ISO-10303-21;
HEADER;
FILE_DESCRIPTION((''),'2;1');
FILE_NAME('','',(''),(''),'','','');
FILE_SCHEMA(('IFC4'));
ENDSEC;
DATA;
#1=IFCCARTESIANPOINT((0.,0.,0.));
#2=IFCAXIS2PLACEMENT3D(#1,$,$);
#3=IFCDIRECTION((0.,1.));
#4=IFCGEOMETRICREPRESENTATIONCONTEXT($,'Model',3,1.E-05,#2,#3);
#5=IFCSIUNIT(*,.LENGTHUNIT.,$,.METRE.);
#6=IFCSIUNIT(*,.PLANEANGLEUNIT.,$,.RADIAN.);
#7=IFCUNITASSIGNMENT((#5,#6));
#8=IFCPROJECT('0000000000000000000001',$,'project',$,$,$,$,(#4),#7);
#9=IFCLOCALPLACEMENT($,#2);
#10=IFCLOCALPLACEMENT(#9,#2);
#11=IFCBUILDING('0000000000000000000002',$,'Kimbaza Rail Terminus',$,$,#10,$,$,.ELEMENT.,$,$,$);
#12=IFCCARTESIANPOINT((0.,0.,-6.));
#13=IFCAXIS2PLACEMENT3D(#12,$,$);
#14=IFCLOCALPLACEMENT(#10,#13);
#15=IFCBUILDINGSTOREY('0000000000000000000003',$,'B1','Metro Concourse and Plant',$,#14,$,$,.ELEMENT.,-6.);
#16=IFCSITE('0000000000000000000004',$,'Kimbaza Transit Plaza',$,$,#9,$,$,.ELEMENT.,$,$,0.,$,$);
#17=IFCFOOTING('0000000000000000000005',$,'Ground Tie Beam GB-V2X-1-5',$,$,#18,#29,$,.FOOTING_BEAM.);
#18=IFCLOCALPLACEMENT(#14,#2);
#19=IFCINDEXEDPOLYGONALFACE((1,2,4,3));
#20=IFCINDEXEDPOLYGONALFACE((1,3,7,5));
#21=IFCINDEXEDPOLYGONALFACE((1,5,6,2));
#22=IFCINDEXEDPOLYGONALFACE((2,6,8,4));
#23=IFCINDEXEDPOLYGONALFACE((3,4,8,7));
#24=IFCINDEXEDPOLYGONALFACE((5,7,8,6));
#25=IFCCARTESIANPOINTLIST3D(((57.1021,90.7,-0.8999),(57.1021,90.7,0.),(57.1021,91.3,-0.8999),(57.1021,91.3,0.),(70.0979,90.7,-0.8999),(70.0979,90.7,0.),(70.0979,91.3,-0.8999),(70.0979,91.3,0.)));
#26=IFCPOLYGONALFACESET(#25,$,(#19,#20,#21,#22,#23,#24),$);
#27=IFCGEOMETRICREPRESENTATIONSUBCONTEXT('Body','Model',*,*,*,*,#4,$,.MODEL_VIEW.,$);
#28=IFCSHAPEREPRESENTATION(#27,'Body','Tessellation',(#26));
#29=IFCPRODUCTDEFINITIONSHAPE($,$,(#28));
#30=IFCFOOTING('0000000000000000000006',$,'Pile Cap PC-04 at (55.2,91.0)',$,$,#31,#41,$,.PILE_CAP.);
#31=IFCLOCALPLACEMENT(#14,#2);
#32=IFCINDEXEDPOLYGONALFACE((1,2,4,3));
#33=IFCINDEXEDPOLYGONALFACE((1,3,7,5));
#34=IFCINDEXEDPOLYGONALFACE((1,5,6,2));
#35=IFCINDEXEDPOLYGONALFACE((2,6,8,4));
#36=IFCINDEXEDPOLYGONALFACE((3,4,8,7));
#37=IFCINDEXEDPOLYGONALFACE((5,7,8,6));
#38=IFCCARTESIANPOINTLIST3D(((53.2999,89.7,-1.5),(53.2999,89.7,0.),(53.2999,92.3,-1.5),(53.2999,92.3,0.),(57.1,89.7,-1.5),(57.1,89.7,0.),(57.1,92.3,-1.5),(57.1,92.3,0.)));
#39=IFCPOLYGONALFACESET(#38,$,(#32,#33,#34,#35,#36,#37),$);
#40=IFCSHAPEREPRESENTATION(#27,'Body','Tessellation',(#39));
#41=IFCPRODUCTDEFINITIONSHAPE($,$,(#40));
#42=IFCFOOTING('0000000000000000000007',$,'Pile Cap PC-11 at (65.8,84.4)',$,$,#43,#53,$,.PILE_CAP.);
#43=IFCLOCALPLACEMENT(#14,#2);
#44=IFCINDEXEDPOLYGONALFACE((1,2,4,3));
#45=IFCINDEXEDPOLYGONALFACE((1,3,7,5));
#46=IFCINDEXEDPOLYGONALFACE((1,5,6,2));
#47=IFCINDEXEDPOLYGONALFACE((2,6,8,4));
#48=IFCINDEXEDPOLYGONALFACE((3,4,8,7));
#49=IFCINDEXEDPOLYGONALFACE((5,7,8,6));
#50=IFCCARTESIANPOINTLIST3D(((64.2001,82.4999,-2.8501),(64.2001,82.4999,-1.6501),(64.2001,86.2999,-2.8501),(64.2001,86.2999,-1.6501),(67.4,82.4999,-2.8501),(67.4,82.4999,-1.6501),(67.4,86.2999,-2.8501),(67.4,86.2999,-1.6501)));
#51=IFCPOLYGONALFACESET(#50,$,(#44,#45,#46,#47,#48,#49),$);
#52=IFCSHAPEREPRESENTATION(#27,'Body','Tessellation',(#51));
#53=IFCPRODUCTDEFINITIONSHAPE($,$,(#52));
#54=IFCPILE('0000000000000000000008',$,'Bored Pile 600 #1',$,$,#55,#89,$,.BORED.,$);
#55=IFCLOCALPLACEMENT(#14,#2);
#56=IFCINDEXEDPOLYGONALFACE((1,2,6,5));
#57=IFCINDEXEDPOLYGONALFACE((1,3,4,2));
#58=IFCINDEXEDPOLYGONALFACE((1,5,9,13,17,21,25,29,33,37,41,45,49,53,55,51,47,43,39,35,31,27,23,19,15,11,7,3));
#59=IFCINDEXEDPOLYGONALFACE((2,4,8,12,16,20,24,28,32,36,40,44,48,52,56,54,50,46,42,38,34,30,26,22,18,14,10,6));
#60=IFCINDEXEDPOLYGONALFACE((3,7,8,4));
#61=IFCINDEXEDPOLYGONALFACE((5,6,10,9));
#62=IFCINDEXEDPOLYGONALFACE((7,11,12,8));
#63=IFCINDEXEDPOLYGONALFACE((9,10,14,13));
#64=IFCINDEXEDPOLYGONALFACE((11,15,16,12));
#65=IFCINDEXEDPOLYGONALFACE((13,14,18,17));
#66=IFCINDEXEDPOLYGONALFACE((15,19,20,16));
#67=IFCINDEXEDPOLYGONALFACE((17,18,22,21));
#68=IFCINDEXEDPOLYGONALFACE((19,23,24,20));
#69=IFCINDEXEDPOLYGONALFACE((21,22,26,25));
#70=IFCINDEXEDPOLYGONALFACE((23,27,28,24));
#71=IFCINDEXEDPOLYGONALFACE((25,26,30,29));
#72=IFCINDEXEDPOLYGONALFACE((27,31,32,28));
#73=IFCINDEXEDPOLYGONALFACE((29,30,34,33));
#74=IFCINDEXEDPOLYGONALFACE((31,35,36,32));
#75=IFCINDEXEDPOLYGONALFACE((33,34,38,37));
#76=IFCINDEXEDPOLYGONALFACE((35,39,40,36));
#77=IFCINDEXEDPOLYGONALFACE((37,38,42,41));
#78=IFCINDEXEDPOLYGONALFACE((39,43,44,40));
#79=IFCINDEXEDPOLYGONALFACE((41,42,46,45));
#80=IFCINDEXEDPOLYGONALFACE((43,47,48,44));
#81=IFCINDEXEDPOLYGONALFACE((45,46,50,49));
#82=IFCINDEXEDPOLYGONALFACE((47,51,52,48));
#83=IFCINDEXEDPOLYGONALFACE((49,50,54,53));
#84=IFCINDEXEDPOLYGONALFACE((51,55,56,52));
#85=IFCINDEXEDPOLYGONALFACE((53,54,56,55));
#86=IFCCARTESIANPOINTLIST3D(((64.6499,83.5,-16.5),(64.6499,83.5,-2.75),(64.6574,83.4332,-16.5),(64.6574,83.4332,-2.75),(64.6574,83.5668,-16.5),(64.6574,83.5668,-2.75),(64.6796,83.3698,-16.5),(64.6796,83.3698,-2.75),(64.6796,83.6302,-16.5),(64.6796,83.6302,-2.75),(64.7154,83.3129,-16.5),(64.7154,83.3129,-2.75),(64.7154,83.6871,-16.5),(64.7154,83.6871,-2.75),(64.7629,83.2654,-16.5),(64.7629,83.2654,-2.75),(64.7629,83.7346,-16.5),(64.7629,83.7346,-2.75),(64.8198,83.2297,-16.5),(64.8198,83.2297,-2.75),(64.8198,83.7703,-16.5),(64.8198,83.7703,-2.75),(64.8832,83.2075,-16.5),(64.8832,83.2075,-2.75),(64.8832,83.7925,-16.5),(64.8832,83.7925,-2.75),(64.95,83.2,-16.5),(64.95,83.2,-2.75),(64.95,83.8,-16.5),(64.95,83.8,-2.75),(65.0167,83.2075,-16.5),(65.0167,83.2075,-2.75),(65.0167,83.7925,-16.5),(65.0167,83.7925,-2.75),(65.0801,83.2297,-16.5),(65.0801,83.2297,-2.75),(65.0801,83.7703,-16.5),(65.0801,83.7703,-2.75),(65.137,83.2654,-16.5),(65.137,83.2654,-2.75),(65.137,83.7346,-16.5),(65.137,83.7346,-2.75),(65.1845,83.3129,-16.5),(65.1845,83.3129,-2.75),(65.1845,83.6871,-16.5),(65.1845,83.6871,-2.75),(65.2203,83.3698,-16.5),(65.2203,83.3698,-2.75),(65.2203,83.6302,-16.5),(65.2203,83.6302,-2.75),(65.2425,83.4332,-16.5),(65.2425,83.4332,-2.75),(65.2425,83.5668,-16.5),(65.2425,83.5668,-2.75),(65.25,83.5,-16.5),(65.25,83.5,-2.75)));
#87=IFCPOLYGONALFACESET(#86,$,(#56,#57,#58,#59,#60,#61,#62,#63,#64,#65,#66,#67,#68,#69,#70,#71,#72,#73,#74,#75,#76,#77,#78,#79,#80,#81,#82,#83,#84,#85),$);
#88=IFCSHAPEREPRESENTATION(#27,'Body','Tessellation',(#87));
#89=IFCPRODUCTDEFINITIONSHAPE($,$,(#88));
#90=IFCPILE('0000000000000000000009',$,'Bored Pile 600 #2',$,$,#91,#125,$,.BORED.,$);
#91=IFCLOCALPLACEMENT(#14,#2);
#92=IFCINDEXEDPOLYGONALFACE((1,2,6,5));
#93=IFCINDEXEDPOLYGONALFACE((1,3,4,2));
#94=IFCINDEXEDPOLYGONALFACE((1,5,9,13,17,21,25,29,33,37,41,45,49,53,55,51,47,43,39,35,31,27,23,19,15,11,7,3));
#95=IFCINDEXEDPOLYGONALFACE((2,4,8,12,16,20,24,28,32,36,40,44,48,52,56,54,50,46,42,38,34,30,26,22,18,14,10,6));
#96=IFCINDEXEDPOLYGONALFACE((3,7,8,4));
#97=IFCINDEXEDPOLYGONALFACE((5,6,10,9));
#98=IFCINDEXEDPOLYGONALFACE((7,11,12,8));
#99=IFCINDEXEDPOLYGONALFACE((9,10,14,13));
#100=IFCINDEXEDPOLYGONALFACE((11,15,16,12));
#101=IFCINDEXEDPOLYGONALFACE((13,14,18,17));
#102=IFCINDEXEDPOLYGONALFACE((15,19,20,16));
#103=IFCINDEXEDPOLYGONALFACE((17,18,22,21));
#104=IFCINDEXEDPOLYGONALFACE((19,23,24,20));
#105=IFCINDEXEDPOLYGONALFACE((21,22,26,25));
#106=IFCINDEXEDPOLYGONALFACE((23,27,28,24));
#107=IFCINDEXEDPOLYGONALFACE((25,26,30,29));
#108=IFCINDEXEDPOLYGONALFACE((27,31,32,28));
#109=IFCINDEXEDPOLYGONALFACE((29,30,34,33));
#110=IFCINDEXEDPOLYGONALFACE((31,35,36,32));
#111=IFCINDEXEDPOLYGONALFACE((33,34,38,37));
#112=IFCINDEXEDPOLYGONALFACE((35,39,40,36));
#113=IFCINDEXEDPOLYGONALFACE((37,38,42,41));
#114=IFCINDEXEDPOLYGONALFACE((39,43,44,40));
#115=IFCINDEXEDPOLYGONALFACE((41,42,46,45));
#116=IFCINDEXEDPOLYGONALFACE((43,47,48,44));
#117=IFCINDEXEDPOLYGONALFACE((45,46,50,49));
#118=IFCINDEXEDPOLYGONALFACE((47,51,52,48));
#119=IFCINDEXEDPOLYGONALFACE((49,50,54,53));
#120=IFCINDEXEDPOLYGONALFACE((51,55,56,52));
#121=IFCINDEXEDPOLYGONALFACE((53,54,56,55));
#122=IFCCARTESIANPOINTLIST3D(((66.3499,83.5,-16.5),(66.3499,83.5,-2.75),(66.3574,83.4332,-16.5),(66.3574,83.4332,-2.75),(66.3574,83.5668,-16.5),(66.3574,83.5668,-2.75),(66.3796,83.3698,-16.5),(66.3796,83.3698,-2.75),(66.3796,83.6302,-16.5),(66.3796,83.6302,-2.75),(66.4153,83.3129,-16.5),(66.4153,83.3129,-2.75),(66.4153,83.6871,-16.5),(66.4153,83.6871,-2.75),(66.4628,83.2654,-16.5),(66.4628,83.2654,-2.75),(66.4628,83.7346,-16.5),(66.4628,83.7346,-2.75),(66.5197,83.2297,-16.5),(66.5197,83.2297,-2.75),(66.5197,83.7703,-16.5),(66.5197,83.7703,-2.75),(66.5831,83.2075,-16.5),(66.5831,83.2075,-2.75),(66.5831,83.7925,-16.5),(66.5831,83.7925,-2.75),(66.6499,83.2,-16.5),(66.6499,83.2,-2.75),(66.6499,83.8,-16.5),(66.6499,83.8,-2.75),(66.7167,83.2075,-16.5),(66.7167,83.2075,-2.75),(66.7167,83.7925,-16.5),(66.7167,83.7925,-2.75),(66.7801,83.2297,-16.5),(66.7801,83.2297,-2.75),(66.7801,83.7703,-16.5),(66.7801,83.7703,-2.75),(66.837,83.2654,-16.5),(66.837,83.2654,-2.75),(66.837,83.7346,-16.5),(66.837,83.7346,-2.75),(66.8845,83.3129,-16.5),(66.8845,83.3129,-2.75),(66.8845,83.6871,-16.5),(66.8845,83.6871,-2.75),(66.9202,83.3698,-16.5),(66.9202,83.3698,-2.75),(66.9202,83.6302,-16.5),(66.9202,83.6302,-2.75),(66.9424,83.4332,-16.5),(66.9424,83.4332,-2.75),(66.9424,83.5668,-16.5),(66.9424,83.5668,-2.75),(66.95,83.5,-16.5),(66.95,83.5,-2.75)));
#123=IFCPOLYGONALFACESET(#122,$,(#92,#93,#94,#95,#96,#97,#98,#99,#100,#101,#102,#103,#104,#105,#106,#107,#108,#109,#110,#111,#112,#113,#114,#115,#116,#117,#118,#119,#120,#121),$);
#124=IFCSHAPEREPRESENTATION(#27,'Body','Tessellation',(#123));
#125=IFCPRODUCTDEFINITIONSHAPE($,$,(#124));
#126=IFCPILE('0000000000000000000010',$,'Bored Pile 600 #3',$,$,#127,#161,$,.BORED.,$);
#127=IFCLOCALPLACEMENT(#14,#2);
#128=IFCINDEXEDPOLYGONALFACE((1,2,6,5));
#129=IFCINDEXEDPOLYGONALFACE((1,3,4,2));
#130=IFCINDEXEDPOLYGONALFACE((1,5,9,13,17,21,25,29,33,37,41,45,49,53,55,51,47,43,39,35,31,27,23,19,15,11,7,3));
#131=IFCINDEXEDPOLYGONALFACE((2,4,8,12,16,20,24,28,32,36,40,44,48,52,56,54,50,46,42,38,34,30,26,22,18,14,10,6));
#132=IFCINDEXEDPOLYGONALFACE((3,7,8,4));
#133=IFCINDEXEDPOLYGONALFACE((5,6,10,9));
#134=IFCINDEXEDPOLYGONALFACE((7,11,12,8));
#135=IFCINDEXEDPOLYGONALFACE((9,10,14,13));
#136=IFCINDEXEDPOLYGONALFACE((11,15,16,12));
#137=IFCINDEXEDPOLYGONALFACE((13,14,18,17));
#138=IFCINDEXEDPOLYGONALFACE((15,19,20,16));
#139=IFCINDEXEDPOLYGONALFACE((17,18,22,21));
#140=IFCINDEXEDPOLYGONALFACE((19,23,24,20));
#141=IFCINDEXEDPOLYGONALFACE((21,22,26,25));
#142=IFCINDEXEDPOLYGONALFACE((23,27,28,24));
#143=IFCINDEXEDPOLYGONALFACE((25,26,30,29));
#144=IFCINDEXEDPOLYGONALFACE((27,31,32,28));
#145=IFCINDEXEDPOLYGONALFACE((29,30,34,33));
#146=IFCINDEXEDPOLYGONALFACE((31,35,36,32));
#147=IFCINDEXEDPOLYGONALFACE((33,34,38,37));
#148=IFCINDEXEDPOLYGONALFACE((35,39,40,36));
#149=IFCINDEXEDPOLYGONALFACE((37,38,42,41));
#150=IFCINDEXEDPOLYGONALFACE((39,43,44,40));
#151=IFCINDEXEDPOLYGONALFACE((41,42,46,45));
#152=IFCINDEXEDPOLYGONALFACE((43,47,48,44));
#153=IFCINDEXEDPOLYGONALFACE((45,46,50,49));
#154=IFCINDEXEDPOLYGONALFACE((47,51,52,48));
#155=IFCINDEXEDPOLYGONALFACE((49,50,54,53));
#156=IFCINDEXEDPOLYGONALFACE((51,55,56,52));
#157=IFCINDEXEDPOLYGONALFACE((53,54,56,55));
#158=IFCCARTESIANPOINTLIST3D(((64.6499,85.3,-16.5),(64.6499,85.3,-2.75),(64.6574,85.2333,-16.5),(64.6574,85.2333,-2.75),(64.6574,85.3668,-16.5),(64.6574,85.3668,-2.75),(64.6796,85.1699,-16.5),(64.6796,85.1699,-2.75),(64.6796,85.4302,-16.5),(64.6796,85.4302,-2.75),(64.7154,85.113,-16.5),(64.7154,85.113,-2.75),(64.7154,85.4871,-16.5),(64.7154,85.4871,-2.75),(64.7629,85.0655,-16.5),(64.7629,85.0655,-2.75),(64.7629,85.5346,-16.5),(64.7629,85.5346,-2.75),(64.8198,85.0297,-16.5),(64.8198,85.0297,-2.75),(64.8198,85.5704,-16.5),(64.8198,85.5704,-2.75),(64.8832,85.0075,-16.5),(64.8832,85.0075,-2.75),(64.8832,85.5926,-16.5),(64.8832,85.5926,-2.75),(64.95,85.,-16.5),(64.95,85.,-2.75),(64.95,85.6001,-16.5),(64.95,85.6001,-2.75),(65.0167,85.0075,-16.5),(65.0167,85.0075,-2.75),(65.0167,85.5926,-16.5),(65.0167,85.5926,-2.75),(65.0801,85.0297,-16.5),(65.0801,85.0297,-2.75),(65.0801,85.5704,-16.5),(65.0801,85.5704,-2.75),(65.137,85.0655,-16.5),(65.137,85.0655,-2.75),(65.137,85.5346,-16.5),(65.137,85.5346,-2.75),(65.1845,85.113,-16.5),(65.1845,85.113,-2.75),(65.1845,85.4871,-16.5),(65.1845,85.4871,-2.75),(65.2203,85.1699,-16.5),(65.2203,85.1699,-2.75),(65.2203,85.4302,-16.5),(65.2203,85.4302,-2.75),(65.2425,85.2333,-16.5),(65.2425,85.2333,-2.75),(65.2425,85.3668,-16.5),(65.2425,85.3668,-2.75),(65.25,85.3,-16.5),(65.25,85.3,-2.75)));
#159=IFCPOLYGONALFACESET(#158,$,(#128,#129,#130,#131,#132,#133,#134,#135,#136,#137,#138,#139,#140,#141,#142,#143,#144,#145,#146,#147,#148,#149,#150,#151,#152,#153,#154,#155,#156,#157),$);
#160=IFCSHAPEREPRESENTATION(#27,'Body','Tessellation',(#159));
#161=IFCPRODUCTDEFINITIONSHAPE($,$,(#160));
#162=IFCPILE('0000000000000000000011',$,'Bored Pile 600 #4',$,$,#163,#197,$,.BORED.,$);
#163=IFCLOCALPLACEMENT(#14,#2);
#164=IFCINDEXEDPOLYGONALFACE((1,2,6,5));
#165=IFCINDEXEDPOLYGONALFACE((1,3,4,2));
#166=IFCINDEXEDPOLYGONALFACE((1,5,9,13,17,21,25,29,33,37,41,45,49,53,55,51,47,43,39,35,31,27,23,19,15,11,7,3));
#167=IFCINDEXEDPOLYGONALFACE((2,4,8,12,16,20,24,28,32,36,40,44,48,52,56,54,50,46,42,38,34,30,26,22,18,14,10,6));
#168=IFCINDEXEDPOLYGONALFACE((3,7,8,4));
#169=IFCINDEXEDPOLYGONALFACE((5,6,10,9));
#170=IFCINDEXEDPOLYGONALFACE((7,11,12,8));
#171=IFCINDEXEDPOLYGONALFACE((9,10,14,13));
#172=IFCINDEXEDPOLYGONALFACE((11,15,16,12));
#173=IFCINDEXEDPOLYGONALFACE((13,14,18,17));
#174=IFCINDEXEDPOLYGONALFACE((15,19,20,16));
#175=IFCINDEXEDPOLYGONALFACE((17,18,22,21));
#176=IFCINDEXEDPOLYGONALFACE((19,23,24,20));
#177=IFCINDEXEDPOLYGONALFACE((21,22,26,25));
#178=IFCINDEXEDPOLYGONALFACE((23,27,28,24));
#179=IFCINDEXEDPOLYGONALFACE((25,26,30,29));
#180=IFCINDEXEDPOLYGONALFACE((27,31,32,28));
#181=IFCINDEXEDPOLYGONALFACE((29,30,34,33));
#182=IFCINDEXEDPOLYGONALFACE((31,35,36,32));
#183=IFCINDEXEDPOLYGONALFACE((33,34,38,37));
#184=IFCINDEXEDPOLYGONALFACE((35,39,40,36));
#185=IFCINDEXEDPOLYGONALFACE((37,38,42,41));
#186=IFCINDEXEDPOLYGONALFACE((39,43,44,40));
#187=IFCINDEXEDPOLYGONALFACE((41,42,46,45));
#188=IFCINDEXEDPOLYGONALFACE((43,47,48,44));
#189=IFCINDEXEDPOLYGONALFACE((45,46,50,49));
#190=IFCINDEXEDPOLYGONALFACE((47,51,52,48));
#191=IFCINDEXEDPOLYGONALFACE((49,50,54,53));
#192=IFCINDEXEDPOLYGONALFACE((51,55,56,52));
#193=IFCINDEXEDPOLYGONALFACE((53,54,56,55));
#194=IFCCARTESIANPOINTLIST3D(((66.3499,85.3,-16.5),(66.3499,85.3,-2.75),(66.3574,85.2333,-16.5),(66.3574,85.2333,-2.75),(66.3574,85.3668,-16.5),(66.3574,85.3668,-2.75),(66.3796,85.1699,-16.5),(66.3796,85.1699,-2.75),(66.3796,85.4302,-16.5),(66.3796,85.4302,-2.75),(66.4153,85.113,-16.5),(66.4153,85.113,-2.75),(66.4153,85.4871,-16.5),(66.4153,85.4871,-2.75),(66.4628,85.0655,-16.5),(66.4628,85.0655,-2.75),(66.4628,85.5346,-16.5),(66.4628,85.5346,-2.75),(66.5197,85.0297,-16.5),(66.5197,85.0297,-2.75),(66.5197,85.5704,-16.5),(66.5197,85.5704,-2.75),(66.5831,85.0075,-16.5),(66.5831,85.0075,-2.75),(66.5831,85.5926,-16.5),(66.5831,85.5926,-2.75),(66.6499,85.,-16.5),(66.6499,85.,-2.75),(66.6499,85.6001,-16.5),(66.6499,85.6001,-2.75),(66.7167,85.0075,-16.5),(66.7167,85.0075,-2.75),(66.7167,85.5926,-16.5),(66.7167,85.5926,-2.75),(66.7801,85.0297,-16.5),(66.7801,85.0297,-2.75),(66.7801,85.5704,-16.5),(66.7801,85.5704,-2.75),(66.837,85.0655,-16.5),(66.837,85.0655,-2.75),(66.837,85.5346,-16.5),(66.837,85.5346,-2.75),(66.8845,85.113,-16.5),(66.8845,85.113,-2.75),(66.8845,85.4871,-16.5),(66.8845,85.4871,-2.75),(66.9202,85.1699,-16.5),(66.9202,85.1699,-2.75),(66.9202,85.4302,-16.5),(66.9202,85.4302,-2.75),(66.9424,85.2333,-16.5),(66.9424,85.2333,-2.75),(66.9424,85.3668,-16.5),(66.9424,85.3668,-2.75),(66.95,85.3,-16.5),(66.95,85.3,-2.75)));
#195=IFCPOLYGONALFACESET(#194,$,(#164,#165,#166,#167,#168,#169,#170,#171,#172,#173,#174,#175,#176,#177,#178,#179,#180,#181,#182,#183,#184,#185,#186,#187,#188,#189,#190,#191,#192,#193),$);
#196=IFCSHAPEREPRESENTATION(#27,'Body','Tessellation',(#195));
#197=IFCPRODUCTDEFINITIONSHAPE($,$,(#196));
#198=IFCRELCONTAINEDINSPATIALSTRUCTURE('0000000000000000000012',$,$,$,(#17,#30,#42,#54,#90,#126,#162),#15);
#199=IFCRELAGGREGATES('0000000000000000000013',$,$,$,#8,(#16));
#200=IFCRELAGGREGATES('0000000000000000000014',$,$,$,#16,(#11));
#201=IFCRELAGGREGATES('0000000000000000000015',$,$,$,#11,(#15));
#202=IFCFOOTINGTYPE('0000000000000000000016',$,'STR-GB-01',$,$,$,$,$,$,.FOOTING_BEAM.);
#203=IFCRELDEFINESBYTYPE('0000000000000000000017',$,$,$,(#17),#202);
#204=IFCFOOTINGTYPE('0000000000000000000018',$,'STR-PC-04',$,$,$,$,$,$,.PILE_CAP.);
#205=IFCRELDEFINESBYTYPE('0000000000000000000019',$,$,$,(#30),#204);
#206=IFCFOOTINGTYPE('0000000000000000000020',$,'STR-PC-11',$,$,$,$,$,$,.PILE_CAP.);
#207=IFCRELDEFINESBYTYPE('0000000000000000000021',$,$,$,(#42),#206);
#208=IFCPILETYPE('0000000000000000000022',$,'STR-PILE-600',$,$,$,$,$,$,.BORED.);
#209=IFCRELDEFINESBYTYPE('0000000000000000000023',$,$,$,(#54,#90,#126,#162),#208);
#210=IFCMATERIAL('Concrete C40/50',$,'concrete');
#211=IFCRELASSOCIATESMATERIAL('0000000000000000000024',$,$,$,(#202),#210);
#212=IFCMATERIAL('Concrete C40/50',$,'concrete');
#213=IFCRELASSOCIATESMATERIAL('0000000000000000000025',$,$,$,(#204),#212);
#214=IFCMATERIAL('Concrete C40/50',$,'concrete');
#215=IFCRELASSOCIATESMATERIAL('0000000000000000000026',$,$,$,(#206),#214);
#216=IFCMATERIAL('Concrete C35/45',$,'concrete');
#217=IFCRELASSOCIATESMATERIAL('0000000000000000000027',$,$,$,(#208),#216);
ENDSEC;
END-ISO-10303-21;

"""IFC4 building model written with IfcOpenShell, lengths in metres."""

from ifc_helpers import new_model, si_unit, direction, frame, origin, origin_2d, place, context, subcontext, project, spatial, rectangle, circle, extrude, material, material_profile, profile_set, type_object, element, save


model = new_model("IFC4")

# Units and contexts
model_context = context("Model", 3, precision=1e-05, world=origin(), true_north=direction((0.0, 1.0)))
body_context = subcontext(model_context, "Body", "Model", "MODEL_VIEW")
ifc_project = project(units=[si_unit("LENGTHUNIT", "METRE"), si_unit("PLANEANGLEUNIT", "RADIAN")], contexts=[model_context])

# Site, building, storey
site_placement = place(None, origin())
site = spatial("IfcSite", under=ifc_project, at=site_placement, Name="Kimbaza Transit Plaza", CompositionType="ELEMENT", RefElevation=0.0)
building_placement = place(site_placement, origin())
building = spatial("IfcBuilding", under=site, at=building_placement, Name="Kimbaza Rail Terminus", CompositionType="ELEMENT")
storey_placement = place(building_placement, frame((0.0, 0.0, -6.0)))
storey = spatial("IfcBuildingStorey", under=building, at=storey_placement, Name="B1", Description="Metro Concourse and Plant", CompositionType="ELEMENT", Elevation=-6.0)

# Footings
ifc_material_1 = material(Name="Concrete C40/50", Category="concrete")
ifc_material_profile_1 = material_profile(ifc_material_1, rectangle(XDim=0.6001, YDim=0.8999, at=origin_2d()), Name="GB-01 600x900")
ifc_profile_set_1 = profile_set([ifc_material_profile_1], Name="Concrete C40/50")
footing_type_1 = type_object("IfcFootingType", Name="STR-GB-01", PredefinedType="FOOTING_BEAM", material=ifc_profile_set_1)
footing_1_placement = place(storey_placement, frame((57.1021, 91.0, -0.45), z_axis=(1.0, 0.0, 0.0), x_axis=(0.0, 1.0, 0.0)))
element("IfcFooting", 1, at=footing_1_placement, inside=storey, type_object=footing_type_1, Name="Ground Tie Beam GB-V2X-1-5", PredefinedType="FOOTING_BEAM", context=body_context, shape_type="SweptSolid", body=[
    extrude(rectangle(XDim=0.6001, YDim=0.8999, at=origin_2d()), origin(), (0.0, 0.0, 1.0), 12.9958),
])
ifc_material_2 = material(Name="Concrete C40/50", Category="concrete")
footing_type_2 = type_object("IfcFootingType", Name="STR-PC-04", PredefinedType="PILE_CAP", material=ifc_material_2)
footing_2_placement = place(storey_placement, frame((55.2, 91.0, -1.5), z_axis=(0.0, 0.0, 1.0), x_axis=(1.0, 0.0, 0.0)))
element("IfcFooting", 2, at=footing_2_placement, inside=storey, type_object=footing_type_2, Name="Pile Cap PC-04 at (55.2,91.0)", PredefinedType="PILE_CAP", context=body_context, shape_type="SweptSolid", body=[
    extrude(rectangle(XDim=3.8, YDim=2.6001, at=origin_2d()), origin(), (0.0, 0.0, 1.0), 1.5),
])
ifc_material_3 = material(Name="Concrete C40/50", Category="concrete")
footing_type_3 = type_object("IfcFootingType", Name="STR-PC-11", PredefinedType="PILE_CAP", material=ifc_material_3)
footing_3_placement = place(storey_placement, frame((65.8, 84.3999, -2.8501), z_axis=(0.0, 0.0, 1.0), x_axis=(1.0, 0.0, 0.0)))
element("IfcFooting", 3, at=footing_3_placement, inside=storey, type_object=footing_type_3, Name="Pile Cap PC-11 at (65.8,84.4)", PredefinedType="PILE_CAP", context=body_context, shape_type="SweptSolid", body=[
    extrude(rectangle(XDim=3.2, YDim=3.8, at=origin_2d()), origin(), (0.0, 0.0, 1.0), 1.2),
])

# Piles
ifc_material_4 = material(Name="Concrete C35/45", Category="concrete")
ifc_material_profile_2 = material_profile(ifc_material_4, circle(Radius=0.3, at=origin_2d()), Name="BORED PILE 600")
ifc_profile_set_2 = profile_set([ifc_material_profile_2], Name="Concrete C35/45")
pile_type_1 = type_object("IfcPileType", Name="STR-PILE-600", PredefinedType="BORED", material=ifc_profile_set_2)
for number, where, z_axis, x_axis, name in (
    (4, (64.95, 83.5, -2.75), (0.0, 0.0, -1.0), (1.0, 0.0, 0.0), "Bored Pile 600 #1"),
    (5, (66.6499, 83.5, -2.75), (0.0, 0.0, -1.0), (1.0, 0.0, 0.0), "Bored Pile 600 #2"),
    (6, (64.95, 85.3, -2.75), (0.0, 0.0, -1.0), (1.0, 0.0, 0.0), "Bored Pile 600 #3"),
    (7, (66.6499, 85.3, -2.75), (0.0, 0.0, -1.0), (1.0, 0.0, 0.0), "Bored Pile 600 #4"),
):
    element("IfcPile", number, at=place(storey_placement, frame(where, z_axis=z_axis, x_axis=x_axis)), inside=storey, type_object=pile_type_1, Name=name, PredefinedType="BORED", context=body_context, shape_type="SweptSolid", body=[
        extrude(circle(Radius=0.3, at=origin_2d()), origin(), (0.0, 0.0, 1.0), 13.75),
    ])

save(model, "model.ifc")
